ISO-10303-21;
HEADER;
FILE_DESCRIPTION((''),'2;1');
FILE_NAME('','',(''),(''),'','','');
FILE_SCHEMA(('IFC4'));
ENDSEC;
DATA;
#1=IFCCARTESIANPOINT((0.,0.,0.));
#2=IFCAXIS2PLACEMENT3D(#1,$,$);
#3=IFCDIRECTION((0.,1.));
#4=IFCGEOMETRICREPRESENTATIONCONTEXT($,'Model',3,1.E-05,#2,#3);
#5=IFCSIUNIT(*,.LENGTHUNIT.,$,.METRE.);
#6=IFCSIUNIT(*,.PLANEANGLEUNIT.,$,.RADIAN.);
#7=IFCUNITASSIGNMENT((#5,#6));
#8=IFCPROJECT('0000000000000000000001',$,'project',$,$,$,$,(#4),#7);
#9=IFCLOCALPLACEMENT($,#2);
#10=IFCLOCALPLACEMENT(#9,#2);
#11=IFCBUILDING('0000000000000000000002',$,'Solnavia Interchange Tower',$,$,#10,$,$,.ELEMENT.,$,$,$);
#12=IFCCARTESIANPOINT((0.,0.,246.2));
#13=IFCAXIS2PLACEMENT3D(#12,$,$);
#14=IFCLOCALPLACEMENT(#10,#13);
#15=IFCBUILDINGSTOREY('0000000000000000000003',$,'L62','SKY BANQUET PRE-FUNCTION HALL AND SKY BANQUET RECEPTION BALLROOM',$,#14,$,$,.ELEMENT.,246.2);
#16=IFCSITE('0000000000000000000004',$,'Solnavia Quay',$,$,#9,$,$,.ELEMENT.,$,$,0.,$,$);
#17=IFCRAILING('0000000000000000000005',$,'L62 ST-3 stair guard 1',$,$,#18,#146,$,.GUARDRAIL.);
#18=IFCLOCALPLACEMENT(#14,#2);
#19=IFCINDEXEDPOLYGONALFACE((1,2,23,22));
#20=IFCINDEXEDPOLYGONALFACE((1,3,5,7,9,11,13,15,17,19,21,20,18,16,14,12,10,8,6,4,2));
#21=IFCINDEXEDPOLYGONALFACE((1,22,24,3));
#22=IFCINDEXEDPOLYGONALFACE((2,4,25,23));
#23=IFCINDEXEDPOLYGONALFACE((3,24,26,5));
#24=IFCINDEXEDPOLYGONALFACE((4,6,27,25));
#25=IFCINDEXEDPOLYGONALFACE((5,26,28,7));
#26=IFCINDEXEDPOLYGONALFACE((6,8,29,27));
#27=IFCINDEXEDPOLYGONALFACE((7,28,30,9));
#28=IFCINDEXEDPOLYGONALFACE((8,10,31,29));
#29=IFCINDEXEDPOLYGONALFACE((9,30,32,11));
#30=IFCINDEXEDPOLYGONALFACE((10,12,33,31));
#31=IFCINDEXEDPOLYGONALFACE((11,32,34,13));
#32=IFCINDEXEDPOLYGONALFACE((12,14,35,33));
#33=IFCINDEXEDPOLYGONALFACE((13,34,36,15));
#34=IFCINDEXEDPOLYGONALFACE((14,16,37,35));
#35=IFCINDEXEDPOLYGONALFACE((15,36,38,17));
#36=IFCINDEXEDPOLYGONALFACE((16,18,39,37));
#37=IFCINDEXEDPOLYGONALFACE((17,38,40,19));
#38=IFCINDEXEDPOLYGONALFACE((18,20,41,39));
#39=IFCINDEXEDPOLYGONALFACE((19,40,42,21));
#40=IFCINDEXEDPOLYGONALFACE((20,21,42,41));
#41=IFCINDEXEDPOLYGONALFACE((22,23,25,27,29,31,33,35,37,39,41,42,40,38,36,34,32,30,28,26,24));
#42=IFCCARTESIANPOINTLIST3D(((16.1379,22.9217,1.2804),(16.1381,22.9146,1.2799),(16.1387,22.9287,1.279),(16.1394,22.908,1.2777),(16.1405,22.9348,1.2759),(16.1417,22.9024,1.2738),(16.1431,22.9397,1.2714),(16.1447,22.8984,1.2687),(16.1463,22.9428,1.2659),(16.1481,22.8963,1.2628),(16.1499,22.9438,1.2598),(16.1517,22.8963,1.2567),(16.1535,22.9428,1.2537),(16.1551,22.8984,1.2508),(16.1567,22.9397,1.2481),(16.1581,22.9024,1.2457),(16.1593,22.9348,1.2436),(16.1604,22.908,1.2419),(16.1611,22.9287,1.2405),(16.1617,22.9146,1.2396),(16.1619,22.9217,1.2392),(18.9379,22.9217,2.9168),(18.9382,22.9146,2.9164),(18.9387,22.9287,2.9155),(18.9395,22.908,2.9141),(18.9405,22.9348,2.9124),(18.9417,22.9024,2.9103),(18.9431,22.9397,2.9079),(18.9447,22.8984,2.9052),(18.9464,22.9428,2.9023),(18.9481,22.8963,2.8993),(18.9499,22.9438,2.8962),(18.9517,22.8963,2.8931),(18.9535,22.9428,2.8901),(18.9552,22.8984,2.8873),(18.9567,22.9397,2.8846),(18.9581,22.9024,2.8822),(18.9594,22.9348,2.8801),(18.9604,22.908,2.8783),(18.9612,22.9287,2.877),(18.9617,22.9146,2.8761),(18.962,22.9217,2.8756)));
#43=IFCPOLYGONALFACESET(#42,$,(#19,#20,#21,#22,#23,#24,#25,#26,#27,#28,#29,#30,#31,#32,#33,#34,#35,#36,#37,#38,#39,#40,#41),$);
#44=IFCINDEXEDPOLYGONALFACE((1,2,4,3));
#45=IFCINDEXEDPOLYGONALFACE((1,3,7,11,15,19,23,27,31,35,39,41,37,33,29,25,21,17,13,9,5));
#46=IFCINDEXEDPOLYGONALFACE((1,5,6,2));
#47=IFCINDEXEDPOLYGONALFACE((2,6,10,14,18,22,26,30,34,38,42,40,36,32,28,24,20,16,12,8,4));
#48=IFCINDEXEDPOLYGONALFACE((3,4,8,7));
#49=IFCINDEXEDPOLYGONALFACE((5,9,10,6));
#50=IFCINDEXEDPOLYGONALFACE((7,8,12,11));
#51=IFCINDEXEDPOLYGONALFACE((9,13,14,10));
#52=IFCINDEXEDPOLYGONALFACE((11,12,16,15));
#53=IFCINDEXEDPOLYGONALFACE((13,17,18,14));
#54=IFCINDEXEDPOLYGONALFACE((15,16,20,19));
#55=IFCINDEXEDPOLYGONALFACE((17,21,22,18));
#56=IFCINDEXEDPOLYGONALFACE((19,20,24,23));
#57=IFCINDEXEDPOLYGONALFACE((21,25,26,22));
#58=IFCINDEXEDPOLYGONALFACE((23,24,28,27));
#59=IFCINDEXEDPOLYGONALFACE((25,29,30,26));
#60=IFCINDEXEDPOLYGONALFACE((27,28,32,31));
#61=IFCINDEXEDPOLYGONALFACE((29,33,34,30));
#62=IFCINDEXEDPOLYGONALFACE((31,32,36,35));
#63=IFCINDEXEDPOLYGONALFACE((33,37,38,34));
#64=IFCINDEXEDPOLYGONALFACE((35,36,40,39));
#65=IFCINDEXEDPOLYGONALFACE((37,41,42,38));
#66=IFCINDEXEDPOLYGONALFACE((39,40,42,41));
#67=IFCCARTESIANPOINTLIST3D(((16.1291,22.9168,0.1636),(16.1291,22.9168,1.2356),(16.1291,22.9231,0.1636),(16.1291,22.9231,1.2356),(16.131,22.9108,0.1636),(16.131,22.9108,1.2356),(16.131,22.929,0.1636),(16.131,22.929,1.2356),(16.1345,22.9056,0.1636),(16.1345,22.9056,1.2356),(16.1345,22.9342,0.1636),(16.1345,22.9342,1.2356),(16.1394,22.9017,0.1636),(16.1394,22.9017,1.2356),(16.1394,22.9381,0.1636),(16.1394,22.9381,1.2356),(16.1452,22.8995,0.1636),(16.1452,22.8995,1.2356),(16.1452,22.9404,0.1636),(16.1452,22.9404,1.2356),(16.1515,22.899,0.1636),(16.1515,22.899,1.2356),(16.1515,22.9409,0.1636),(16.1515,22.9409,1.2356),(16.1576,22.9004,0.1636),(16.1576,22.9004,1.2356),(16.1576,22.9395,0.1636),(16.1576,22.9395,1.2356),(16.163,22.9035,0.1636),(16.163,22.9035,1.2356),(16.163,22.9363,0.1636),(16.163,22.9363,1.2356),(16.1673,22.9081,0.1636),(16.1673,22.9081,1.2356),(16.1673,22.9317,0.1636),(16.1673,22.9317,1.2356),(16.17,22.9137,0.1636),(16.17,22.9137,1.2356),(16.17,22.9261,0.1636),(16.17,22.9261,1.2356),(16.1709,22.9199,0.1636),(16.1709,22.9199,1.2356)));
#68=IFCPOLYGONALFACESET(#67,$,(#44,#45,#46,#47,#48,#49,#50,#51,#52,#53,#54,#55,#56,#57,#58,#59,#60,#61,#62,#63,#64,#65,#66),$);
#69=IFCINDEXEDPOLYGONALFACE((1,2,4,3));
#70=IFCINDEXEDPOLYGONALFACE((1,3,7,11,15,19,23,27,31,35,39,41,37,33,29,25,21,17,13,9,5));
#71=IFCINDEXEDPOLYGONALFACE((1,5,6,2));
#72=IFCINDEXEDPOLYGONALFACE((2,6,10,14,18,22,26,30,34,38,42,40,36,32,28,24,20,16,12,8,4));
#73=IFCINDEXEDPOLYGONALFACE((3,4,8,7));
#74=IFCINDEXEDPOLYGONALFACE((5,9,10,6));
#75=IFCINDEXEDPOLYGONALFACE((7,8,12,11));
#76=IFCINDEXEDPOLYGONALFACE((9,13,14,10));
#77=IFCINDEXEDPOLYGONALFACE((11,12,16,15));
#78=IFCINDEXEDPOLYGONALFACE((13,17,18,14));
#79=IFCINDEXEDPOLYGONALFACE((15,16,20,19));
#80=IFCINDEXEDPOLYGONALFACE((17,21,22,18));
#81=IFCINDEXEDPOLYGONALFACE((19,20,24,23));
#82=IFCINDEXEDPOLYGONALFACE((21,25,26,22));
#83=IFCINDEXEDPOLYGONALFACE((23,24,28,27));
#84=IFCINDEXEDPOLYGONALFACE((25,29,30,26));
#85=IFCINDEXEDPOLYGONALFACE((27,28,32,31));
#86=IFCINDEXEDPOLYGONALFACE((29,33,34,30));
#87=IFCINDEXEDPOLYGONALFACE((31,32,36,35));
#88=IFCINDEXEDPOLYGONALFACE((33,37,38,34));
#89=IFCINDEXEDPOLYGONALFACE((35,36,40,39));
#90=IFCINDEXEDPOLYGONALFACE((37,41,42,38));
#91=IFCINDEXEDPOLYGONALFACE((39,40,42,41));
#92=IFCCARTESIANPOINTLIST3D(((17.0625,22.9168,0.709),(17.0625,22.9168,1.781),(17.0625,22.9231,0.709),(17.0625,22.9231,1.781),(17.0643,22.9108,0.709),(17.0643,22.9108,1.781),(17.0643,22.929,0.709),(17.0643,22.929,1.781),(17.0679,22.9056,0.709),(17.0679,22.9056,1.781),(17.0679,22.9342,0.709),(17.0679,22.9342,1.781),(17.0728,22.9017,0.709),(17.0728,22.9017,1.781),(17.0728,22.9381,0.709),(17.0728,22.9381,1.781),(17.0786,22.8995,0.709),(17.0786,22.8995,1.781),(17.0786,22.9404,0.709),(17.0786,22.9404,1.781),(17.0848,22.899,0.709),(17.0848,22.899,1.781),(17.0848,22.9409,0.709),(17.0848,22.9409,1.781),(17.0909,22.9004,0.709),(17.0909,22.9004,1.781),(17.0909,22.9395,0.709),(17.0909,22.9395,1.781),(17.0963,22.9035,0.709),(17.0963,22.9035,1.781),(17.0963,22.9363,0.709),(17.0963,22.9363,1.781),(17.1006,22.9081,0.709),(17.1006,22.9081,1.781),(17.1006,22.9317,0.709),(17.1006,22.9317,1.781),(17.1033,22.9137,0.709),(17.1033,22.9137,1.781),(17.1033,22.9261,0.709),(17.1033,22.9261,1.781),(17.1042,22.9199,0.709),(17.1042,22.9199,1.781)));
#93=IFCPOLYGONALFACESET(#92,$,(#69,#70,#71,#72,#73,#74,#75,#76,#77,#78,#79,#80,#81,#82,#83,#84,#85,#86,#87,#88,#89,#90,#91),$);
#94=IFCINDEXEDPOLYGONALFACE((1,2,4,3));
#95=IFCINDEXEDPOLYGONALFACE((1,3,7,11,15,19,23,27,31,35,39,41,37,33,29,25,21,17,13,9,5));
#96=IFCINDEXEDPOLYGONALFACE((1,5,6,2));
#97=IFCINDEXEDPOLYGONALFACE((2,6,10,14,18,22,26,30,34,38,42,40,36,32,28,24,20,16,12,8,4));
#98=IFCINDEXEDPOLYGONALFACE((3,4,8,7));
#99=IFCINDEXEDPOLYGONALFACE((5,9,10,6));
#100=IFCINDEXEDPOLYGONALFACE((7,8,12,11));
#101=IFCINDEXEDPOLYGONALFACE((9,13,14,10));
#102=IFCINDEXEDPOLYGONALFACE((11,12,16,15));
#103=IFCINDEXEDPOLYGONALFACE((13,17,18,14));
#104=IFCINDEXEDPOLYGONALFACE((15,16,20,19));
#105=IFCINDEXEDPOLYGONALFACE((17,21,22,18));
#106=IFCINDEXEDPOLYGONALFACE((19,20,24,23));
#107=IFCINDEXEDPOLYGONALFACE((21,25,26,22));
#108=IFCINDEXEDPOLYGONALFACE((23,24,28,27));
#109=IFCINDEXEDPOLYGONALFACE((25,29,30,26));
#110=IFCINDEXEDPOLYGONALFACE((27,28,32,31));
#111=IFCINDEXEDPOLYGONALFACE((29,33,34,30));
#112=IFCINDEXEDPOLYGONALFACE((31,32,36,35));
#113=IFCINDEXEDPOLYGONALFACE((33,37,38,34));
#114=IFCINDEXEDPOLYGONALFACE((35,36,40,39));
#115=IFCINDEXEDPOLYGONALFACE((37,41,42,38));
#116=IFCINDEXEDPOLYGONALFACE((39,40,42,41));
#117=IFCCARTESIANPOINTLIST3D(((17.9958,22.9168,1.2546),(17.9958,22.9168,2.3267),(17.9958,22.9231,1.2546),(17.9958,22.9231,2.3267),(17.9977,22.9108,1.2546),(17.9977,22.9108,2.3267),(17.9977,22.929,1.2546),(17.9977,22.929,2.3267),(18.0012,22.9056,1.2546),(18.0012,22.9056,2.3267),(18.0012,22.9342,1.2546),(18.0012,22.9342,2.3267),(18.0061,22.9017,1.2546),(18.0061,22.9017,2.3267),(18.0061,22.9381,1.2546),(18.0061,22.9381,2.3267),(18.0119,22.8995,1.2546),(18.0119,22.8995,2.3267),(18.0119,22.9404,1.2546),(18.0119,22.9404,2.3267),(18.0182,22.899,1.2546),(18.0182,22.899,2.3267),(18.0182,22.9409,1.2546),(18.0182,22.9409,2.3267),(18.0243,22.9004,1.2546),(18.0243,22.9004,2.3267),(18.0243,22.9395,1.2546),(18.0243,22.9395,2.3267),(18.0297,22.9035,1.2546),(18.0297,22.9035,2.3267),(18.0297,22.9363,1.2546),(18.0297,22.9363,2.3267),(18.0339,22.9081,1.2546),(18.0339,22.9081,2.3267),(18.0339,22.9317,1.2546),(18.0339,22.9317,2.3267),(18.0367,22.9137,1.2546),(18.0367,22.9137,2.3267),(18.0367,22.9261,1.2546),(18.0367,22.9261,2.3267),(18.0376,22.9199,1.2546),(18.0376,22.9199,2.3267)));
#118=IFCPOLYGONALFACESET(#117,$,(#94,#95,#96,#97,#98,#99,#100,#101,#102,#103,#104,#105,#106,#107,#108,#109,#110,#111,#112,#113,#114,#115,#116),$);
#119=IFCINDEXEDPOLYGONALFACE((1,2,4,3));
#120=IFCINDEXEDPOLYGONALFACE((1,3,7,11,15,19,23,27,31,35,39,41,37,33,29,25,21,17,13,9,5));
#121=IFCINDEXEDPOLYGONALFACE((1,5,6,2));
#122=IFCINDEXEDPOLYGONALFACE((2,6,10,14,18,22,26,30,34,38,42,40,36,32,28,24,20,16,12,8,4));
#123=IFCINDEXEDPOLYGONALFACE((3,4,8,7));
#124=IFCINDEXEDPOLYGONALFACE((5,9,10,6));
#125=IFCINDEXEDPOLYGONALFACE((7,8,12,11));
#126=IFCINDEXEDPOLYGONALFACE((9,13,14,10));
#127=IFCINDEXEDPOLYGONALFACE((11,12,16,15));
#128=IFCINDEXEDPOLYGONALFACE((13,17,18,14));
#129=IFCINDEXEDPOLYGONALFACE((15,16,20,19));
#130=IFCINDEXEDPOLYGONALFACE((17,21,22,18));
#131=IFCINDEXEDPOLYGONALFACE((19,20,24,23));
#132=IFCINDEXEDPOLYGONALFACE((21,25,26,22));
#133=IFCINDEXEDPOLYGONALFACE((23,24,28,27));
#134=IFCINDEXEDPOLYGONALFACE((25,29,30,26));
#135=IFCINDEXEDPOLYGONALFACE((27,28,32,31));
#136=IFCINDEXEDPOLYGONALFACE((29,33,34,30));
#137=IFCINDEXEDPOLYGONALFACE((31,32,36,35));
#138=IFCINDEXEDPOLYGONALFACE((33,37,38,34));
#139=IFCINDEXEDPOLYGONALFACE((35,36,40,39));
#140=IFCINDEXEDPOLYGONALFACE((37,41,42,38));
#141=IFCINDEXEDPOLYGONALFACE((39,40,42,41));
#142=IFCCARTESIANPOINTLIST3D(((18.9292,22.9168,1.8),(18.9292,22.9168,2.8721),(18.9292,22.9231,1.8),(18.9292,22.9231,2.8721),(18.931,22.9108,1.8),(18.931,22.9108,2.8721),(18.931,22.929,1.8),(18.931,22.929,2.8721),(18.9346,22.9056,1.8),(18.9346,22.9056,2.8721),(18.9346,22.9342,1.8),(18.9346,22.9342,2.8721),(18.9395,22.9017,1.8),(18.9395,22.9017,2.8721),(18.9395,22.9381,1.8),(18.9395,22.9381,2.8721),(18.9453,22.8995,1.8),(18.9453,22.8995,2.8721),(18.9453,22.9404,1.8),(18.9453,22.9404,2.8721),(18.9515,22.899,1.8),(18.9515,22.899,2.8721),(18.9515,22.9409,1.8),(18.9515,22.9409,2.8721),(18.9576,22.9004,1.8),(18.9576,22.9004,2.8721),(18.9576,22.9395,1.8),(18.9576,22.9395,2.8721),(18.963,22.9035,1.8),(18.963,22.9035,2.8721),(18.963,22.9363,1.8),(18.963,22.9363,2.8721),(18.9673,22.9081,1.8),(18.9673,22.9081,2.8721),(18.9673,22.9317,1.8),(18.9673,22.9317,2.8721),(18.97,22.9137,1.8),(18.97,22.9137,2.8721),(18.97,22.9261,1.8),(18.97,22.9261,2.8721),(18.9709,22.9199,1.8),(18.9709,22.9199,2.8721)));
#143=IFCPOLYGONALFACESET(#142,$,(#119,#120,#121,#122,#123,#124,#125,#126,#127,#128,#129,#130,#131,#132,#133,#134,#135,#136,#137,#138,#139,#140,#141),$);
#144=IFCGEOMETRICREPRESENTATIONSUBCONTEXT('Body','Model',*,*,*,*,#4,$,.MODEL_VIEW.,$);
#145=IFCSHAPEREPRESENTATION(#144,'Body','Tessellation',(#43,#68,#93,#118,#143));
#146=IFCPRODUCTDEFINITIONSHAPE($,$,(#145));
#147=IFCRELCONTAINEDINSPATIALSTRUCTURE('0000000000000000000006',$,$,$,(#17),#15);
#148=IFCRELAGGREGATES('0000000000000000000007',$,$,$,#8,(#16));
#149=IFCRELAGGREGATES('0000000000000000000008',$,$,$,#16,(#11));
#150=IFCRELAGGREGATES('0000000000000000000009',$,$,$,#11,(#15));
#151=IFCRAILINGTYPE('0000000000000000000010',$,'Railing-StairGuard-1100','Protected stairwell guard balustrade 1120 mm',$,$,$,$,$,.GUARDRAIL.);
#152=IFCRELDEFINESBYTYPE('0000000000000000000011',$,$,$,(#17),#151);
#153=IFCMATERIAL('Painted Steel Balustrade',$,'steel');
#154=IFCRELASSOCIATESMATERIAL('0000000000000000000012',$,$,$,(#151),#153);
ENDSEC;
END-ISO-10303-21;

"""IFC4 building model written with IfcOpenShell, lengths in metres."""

from ifc_helpers import new_model, si_unit, direction, frame, origin, origin_2d, place, context, subcontext, project, spatial, circle, extrude, material, type_object, element, save


model = new_model("IFC4")

# Units and contexts
model_context = context("Model", 3, precision=1e-05, world=origin(), true_north=direction((0.0, 1.0)))
body_context = subcontext(model_context, "Body", "Model", "MODEL_VIEW")
ifc_project = project(units=[si_unit("LENGTHUNIT", "METRE"), si_unit("PLANEANGLEUNIT", "RADIAN")], contexts=[model_context])

# Site, building, storey
site_placement = place(None, origin())
site = spatial("IfcSite", under=ifc_project, at=site_placement, Name="Solnavia Quay", CompositionType="ELEMENT", RefElevation=0.0)
building_placement = place(site_placement, origin())
building = spatial("IfcBuilding", under=site, at=building_placement, Name="Solnavia Interchange Tower", CompositionType="ELEMENT")
storey_placement = place(building_placement, frame((0.0, 0.0, 246.2)))
storey = spatial("IfcBuildingStorey", under=building, at=storey_placement, Name="L62", Description="SKY BANQUET PRE-FUNCTION HALL AND SKY BANQUET RECEPTION BALLROOM", CompositionType="ELEMENT", Elevation=246.2)

# Railing
ifc_material_1 = material(Name="Painted Steel Balustrade", Category="steel")
railing_type_1 = type_object("IfcRailingType", Name="Railing-StairGuard-1100", Description="Protected stairwell guard balustrade 1120 mm", PredefinedType="GUARDRAIL", material=ifc_material_1)
railing_1_placement = place(storey_placement, frame((16.1499, 22.9199, 0.1636)))
element("IfcRailing", 1, at=railing_1_placement, inside=storey, type_object=railing_type_1, Name="L62 ST-3 stair guard 1", PredefinedType="GUARDRAIL", context=body_context, shape_type="SweptSolid", body=[
    extrude(circle(Radius=0.0239, at=origin_2d()), frame((0.0, 0.0, 1.0962), z_axis=(0.863361, 0.0, 0.504587), x_axis=(0.0, 1.0, 0.0)), (0.0, 0.0, 1.0), 3.2432),
    extrude(circle(Radius=0.021, at=origin_2d()), origin(), (0.0, 0.0, 1.0), 1.072),
    extrude(circle(Radius=0.021, at=origin_2d()), frame((0.9333, 0.0, 0.5454)), (0.0, 0.0, 1.0), 1.072),
    extrude(circle(Radius=0.021, at=origin_2d()), frame((1.8667, 0.0, 1.0911)), (0.0, 0.0, 1.0), 1.072),
    extrude(circle(Radius=0.021, at=origin_2d()), frame((2.8, 0.0, 1.6365)), (0.0, 0.0, 1.0), 1.072),
])

save(model, "model.ifc")
